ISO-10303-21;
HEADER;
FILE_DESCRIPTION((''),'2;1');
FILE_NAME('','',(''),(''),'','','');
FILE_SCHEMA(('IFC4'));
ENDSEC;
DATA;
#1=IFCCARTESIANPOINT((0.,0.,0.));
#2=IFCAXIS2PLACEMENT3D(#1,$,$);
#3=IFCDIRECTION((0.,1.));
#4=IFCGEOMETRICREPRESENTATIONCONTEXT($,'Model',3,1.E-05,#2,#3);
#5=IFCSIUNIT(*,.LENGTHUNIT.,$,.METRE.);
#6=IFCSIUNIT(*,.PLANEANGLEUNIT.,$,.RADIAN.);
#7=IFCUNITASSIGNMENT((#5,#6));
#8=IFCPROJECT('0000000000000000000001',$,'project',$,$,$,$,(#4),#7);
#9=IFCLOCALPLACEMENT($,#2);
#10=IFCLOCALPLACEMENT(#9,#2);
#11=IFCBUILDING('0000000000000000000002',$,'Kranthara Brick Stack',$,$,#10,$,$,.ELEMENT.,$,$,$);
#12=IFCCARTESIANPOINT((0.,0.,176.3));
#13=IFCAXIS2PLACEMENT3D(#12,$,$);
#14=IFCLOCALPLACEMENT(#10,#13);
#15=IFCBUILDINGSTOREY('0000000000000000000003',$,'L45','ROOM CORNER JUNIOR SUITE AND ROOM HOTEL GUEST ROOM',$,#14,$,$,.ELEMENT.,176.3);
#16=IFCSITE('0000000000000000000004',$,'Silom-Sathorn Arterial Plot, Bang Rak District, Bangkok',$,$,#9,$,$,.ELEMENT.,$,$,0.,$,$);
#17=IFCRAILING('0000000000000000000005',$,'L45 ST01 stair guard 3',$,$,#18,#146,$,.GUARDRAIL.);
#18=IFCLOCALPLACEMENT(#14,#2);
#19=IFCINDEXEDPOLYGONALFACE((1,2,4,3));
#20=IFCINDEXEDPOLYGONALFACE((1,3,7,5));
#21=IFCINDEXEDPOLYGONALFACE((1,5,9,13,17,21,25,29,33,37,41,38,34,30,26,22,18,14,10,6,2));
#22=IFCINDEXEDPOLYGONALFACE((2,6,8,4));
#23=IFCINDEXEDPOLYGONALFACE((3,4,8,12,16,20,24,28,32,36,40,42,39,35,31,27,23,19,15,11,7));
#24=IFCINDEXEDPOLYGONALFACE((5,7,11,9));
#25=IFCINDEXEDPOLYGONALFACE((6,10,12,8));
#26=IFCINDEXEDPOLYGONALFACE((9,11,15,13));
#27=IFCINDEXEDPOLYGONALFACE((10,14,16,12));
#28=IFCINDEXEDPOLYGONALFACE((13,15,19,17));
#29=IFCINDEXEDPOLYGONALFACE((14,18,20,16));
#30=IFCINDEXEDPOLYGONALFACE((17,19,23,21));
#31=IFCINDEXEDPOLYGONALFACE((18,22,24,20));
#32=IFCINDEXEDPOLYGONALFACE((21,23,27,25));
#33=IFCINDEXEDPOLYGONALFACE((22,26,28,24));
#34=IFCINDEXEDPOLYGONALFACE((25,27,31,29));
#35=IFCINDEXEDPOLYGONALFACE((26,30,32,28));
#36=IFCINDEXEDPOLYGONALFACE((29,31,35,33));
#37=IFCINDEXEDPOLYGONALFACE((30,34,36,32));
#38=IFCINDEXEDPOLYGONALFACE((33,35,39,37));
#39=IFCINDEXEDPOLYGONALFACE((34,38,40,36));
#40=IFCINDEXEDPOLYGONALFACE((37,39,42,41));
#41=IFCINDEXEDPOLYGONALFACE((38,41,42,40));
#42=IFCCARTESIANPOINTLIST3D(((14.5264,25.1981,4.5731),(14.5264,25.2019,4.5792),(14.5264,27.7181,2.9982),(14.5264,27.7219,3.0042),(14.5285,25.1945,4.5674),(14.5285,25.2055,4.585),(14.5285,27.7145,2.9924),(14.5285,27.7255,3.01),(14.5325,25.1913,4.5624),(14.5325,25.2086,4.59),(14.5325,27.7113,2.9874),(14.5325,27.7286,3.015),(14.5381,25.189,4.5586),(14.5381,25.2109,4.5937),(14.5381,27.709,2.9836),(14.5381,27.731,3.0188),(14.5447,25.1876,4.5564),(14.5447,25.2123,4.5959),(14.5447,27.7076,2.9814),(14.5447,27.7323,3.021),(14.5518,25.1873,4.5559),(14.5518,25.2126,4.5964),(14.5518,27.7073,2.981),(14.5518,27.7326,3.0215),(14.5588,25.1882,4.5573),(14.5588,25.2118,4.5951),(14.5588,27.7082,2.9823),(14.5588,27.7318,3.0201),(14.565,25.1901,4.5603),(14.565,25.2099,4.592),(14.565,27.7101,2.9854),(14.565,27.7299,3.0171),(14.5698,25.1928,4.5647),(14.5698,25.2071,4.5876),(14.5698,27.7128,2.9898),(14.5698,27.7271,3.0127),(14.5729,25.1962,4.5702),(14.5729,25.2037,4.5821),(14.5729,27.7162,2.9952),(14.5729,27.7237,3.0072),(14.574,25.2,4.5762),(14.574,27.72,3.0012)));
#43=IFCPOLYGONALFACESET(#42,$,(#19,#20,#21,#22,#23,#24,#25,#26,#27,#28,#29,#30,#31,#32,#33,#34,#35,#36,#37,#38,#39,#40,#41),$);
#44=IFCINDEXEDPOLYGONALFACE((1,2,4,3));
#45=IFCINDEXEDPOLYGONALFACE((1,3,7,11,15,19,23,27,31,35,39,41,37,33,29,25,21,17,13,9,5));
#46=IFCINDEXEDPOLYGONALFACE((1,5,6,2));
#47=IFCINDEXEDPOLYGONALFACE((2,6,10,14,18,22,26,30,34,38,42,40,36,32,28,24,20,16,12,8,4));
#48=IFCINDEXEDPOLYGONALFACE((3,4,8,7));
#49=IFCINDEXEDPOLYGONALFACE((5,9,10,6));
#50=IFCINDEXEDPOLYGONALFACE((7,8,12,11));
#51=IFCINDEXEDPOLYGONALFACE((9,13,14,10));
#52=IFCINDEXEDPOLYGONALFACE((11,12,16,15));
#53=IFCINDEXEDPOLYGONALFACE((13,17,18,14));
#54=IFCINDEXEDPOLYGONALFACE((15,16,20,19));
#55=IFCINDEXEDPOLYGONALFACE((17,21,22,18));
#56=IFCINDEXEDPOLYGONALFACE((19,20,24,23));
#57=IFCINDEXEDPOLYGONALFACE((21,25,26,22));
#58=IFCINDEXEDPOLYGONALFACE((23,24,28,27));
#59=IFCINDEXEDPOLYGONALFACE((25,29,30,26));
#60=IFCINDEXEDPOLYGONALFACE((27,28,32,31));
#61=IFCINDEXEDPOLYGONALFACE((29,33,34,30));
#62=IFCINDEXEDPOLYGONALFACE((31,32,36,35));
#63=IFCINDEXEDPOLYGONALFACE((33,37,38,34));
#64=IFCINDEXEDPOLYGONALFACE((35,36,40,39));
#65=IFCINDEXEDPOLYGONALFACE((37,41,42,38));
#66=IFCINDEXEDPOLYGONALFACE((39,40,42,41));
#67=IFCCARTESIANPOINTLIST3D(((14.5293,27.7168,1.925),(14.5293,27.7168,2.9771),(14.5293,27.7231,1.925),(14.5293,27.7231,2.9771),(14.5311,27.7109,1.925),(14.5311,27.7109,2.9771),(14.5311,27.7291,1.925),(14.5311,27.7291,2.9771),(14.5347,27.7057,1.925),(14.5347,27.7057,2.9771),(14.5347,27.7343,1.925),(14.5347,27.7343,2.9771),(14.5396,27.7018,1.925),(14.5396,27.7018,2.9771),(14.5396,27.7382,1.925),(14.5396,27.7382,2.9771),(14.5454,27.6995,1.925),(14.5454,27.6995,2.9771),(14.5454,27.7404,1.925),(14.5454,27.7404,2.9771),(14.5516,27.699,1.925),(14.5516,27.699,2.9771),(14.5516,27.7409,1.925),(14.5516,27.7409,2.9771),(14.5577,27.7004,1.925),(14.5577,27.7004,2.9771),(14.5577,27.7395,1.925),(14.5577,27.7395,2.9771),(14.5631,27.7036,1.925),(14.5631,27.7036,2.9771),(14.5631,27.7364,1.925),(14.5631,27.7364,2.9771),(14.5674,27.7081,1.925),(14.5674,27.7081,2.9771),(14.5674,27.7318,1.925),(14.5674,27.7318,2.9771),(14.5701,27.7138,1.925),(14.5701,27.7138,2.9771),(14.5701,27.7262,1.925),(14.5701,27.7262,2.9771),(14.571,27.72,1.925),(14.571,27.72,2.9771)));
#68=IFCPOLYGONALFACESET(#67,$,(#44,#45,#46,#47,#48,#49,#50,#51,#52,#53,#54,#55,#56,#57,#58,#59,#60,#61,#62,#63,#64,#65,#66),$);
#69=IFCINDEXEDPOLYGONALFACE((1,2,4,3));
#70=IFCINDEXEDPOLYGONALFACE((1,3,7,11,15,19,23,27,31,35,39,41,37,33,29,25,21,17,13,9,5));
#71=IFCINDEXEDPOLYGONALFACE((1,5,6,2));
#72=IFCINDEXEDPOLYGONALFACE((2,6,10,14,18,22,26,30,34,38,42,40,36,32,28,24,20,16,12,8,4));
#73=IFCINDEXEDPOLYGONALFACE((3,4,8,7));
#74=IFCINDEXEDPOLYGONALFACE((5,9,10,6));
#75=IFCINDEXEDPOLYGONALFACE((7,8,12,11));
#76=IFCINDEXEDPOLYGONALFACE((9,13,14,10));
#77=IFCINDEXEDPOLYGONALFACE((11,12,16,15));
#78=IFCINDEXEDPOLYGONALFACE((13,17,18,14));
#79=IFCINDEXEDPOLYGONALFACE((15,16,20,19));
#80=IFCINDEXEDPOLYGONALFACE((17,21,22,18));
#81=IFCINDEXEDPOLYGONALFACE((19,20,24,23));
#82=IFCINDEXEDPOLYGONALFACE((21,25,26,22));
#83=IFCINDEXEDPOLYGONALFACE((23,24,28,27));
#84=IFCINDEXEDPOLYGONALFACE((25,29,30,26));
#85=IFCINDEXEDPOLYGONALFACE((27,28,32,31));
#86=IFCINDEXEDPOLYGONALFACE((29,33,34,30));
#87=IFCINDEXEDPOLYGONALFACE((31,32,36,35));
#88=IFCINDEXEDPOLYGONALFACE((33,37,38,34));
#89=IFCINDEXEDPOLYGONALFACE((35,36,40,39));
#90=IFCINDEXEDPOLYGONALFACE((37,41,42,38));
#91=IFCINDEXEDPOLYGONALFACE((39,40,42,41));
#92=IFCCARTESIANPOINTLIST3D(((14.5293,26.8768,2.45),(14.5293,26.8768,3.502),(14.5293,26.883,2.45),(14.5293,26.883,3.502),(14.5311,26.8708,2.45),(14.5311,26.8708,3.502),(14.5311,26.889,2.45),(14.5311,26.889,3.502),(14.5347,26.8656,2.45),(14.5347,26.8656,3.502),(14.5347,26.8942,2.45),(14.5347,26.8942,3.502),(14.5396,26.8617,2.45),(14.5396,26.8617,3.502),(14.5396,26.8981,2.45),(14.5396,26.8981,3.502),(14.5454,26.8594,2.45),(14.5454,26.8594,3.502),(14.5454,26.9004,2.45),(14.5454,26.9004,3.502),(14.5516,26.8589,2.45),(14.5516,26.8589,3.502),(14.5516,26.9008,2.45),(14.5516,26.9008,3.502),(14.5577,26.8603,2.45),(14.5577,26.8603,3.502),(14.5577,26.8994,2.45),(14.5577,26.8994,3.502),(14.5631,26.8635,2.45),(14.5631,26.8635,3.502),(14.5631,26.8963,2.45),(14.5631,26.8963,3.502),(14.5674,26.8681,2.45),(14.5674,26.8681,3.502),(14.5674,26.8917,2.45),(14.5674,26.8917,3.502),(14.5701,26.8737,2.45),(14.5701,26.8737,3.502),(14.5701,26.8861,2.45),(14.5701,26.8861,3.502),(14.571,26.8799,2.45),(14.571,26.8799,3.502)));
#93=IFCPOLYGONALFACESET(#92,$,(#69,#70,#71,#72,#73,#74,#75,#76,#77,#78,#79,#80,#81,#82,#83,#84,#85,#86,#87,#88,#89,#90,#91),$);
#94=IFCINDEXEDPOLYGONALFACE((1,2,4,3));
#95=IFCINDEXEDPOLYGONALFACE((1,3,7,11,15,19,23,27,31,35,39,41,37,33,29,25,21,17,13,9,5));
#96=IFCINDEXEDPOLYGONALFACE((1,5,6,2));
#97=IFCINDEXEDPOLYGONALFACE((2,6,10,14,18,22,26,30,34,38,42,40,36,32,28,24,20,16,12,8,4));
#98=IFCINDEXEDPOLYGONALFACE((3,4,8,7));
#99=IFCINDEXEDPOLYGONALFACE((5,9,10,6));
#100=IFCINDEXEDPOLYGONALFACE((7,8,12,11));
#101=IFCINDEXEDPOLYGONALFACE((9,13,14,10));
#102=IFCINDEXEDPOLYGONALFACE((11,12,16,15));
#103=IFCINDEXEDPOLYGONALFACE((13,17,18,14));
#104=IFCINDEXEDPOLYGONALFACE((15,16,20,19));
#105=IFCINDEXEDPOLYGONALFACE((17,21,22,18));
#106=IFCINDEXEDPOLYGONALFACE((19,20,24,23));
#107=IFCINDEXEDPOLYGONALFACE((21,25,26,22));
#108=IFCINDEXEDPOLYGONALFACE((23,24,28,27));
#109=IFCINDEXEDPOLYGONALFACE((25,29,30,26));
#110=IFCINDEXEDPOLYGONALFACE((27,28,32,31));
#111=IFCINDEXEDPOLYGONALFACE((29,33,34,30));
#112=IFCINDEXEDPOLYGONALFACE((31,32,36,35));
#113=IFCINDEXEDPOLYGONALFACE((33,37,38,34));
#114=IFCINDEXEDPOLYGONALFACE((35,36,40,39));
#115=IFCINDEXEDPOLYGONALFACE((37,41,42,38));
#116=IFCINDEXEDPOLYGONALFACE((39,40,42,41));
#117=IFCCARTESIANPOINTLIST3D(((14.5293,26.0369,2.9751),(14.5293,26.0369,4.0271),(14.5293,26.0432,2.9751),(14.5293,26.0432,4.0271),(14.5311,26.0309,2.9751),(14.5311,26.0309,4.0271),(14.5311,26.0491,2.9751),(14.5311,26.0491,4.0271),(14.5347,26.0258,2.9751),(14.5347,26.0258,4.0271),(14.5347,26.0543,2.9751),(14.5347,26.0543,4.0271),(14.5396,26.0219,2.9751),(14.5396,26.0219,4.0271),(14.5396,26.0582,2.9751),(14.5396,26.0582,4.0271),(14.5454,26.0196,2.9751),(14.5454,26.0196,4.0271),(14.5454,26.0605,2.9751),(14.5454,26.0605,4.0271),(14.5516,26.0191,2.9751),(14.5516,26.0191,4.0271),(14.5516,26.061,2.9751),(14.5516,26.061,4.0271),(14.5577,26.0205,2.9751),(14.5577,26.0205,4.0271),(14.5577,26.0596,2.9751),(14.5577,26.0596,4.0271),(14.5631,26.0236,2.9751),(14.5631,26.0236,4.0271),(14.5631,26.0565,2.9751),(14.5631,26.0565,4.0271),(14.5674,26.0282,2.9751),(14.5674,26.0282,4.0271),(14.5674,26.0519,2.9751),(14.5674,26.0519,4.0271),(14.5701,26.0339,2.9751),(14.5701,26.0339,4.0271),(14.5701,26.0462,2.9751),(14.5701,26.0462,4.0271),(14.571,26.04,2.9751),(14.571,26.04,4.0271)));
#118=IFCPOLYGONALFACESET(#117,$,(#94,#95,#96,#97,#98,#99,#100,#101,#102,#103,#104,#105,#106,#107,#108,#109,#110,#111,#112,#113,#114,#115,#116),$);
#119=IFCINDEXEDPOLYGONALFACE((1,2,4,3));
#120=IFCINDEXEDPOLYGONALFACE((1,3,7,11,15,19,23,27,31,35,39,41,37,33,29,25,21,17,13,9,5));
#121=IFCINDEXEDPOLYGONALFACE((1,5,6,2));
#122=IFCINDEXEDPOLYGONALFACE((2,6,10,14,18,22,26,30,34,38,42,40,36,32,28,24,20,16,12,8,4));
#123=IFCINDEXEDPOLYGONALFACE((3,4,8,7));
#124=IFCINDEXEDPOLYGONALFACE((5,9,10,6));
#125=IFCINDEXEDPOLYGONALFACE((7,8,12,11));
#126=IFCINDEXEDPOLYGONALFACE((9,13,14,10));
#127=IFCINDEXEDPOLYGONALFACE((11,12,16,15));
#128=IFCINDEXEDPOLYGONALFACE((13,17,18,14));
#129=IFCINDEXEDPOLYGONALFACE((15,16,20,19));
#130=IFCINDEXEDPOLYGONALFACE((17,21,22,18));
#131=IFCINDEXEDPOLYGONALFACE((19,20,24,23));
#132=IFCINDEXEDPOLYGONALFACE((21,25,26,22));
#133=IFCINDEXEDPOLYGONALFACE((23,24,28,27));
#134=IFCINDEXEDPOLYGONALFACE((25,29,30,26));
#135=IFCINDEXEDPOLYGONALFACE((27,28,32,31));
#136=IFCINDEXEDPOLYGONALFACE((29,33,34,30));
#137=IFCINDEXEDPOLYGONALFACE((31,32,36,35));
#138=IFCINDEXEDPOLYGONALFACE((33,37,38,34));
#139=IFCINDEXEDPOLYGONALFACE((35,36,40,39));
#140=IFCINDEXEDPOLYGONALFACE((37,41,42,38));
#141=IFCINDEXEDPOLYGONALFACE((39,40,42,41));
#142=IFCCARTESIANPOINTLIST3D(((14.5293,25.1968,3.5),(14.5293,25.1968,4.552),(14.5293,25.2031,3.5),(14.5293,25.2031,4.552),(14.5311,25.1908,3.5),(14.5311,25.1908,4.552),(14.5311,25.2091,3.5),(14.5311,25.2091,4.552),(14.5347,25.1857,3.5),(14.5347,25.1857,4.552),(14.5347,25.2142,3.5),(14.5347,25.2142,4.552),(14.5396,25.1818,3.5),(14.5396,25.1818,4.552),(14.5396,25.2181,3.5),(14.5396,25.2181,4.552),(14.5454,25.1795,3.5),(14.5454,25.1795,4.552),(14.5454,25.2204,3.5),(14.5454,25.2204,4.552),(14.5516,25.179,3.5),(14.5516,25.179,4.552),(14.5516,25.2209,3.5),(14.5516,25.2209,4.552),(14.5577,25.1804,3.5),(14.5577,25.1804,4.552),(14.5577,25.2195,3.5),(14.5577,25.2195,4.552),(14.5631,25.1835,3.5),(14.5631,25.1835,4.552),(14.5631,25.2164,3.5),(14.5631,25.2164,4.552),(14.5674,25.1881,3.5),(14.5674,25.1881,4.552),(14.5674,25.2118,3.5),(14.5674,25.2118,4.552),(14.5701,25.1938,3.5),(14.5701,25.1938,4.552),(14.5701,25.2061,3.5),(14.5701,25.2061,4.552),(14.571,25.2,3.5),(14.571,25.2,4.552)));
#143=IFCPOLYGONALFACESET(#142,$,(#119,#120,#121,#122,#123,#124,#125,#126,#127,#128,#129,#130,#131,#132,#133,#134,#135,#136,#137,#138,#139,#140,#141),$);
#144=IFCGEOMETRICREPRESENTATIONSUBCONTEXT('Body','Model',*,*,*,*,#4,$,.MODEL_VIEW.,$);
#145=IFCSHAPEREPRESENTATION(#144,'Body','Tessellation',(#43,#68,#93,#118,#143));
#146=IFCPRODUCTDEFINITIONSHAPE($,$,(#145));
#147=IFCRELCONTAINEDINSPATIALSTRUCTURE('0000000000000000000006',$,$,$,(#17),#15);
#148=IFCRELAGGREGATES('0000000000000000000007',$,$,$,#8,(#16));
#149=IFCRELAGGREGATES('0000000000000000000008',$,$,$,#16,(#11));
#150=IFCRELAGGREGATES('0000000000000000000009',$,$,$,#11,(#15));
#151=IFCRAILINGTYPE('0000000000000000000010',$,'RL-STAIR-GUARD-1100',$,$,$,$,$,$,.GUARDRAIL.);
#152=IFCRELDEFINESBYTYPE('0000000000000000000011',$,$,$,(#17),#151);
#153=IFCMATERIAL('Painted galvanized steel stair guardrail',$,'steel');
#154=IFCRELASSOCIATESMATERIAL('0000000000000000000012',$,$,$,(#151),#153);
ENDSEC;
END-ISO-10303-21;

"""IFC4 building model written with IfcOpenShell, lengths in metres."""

from ifc_helpers import new_model, si_unit, direction, frame, origin, origin_2d, place, context, subcontext, project, spatial, circle, extrude, material, type_object, element, save


model = new_model("IFC4")

# Units and contexts
model_context = context("Model", 3, precision=1e-05, world=origin(), true_north=direction((0.0, 1.0)))
body_context = subcontext(model_context, "Body", "Model", "MODEL_VIEW")
ifc_project = project(units=[si_unit("LENGTHUNIT", "METRE"), si_unit("PLANEANGLEUNIT", "RADIAN")], contexts=[model_context])

# Site, building, storey
site_placement = place(None, origin())
site = spatial("IfcSite", under=ifc_project, at=site_placement, Name="Silom-Sathorn Arterial Plot, Bang Rak District, Bangkok", CompositionType="ELEMENT", RefElevation=0.0)
building_placement = place(site_placement, origin())
building = spatial("IfcBuilding", under=site, at=building_placement, Name="Kranthara Brick Stack", CompositionType="ELEMENT")
storey_placement = place(building_placement, frame((0.0, 0.0, 176.3)))
storey = spatial("IfcBuildingStorey", under=building, at=storey_placement, Name="L45", Description="ROOM CORNER JUNIOR SUITE AND ROOM HOTEL GUEST ROOM", CompositionType="ELEMENT", Elevation=176.3)

# Railing
ifc_material_1 = material(Name="Painted galvanized steel stair guardrail", Category="steel")
railing_type_1 = type_object("IfcRailingType", Name="RL-STAIR-GUARD-1100", PredefinedType="GUARDRAIL", material=ifc_material_1)
railing_1_placement = place(storey_placement, frame((14.55, 27.72, 1.925)))
element("IfcRailing", 1, at=railing_1_placement, inside=storey, type_object=railing_type_1, Name="L45 ST01 stair guard 3", PredefinedType="GUARDRAIL", context=body_context, shape_type="SweptSolid", body=[
    extrude(circle(Radius=0.0239, at=origin_2d()), frame((0.0, 0.0, 1.0762), z_axis=(0.0, -0.848008, 0.529984), x_axis=(1.0, 0.0, 0.0)), (0.0, 0.0, 1.0), 2.9717),
    extrude(circle(Radius=0.021, at=origin_2d()), origin(), (0.0, 0.0, 1.0), 1.052),
    extrude(circle(Radius=0.021, at=origin_2d()), frame((0.0, -0.8401, 0.5249)), (0.0, 0.0, 1.0), 1.052),
    extrude(circle(Radius=0.021, at=origin_2d()), frame((0.0, -1.6799, 1.05)), (0.0, 0.0, 1.0), 1.052),
    extrude(circle(Radius=0.021, at=origin_2d()), frame((0.0, -2.52, 1.575)), (0.0, 0.0, 1.0), 1.052),
])

save(model, "model.ifc")
